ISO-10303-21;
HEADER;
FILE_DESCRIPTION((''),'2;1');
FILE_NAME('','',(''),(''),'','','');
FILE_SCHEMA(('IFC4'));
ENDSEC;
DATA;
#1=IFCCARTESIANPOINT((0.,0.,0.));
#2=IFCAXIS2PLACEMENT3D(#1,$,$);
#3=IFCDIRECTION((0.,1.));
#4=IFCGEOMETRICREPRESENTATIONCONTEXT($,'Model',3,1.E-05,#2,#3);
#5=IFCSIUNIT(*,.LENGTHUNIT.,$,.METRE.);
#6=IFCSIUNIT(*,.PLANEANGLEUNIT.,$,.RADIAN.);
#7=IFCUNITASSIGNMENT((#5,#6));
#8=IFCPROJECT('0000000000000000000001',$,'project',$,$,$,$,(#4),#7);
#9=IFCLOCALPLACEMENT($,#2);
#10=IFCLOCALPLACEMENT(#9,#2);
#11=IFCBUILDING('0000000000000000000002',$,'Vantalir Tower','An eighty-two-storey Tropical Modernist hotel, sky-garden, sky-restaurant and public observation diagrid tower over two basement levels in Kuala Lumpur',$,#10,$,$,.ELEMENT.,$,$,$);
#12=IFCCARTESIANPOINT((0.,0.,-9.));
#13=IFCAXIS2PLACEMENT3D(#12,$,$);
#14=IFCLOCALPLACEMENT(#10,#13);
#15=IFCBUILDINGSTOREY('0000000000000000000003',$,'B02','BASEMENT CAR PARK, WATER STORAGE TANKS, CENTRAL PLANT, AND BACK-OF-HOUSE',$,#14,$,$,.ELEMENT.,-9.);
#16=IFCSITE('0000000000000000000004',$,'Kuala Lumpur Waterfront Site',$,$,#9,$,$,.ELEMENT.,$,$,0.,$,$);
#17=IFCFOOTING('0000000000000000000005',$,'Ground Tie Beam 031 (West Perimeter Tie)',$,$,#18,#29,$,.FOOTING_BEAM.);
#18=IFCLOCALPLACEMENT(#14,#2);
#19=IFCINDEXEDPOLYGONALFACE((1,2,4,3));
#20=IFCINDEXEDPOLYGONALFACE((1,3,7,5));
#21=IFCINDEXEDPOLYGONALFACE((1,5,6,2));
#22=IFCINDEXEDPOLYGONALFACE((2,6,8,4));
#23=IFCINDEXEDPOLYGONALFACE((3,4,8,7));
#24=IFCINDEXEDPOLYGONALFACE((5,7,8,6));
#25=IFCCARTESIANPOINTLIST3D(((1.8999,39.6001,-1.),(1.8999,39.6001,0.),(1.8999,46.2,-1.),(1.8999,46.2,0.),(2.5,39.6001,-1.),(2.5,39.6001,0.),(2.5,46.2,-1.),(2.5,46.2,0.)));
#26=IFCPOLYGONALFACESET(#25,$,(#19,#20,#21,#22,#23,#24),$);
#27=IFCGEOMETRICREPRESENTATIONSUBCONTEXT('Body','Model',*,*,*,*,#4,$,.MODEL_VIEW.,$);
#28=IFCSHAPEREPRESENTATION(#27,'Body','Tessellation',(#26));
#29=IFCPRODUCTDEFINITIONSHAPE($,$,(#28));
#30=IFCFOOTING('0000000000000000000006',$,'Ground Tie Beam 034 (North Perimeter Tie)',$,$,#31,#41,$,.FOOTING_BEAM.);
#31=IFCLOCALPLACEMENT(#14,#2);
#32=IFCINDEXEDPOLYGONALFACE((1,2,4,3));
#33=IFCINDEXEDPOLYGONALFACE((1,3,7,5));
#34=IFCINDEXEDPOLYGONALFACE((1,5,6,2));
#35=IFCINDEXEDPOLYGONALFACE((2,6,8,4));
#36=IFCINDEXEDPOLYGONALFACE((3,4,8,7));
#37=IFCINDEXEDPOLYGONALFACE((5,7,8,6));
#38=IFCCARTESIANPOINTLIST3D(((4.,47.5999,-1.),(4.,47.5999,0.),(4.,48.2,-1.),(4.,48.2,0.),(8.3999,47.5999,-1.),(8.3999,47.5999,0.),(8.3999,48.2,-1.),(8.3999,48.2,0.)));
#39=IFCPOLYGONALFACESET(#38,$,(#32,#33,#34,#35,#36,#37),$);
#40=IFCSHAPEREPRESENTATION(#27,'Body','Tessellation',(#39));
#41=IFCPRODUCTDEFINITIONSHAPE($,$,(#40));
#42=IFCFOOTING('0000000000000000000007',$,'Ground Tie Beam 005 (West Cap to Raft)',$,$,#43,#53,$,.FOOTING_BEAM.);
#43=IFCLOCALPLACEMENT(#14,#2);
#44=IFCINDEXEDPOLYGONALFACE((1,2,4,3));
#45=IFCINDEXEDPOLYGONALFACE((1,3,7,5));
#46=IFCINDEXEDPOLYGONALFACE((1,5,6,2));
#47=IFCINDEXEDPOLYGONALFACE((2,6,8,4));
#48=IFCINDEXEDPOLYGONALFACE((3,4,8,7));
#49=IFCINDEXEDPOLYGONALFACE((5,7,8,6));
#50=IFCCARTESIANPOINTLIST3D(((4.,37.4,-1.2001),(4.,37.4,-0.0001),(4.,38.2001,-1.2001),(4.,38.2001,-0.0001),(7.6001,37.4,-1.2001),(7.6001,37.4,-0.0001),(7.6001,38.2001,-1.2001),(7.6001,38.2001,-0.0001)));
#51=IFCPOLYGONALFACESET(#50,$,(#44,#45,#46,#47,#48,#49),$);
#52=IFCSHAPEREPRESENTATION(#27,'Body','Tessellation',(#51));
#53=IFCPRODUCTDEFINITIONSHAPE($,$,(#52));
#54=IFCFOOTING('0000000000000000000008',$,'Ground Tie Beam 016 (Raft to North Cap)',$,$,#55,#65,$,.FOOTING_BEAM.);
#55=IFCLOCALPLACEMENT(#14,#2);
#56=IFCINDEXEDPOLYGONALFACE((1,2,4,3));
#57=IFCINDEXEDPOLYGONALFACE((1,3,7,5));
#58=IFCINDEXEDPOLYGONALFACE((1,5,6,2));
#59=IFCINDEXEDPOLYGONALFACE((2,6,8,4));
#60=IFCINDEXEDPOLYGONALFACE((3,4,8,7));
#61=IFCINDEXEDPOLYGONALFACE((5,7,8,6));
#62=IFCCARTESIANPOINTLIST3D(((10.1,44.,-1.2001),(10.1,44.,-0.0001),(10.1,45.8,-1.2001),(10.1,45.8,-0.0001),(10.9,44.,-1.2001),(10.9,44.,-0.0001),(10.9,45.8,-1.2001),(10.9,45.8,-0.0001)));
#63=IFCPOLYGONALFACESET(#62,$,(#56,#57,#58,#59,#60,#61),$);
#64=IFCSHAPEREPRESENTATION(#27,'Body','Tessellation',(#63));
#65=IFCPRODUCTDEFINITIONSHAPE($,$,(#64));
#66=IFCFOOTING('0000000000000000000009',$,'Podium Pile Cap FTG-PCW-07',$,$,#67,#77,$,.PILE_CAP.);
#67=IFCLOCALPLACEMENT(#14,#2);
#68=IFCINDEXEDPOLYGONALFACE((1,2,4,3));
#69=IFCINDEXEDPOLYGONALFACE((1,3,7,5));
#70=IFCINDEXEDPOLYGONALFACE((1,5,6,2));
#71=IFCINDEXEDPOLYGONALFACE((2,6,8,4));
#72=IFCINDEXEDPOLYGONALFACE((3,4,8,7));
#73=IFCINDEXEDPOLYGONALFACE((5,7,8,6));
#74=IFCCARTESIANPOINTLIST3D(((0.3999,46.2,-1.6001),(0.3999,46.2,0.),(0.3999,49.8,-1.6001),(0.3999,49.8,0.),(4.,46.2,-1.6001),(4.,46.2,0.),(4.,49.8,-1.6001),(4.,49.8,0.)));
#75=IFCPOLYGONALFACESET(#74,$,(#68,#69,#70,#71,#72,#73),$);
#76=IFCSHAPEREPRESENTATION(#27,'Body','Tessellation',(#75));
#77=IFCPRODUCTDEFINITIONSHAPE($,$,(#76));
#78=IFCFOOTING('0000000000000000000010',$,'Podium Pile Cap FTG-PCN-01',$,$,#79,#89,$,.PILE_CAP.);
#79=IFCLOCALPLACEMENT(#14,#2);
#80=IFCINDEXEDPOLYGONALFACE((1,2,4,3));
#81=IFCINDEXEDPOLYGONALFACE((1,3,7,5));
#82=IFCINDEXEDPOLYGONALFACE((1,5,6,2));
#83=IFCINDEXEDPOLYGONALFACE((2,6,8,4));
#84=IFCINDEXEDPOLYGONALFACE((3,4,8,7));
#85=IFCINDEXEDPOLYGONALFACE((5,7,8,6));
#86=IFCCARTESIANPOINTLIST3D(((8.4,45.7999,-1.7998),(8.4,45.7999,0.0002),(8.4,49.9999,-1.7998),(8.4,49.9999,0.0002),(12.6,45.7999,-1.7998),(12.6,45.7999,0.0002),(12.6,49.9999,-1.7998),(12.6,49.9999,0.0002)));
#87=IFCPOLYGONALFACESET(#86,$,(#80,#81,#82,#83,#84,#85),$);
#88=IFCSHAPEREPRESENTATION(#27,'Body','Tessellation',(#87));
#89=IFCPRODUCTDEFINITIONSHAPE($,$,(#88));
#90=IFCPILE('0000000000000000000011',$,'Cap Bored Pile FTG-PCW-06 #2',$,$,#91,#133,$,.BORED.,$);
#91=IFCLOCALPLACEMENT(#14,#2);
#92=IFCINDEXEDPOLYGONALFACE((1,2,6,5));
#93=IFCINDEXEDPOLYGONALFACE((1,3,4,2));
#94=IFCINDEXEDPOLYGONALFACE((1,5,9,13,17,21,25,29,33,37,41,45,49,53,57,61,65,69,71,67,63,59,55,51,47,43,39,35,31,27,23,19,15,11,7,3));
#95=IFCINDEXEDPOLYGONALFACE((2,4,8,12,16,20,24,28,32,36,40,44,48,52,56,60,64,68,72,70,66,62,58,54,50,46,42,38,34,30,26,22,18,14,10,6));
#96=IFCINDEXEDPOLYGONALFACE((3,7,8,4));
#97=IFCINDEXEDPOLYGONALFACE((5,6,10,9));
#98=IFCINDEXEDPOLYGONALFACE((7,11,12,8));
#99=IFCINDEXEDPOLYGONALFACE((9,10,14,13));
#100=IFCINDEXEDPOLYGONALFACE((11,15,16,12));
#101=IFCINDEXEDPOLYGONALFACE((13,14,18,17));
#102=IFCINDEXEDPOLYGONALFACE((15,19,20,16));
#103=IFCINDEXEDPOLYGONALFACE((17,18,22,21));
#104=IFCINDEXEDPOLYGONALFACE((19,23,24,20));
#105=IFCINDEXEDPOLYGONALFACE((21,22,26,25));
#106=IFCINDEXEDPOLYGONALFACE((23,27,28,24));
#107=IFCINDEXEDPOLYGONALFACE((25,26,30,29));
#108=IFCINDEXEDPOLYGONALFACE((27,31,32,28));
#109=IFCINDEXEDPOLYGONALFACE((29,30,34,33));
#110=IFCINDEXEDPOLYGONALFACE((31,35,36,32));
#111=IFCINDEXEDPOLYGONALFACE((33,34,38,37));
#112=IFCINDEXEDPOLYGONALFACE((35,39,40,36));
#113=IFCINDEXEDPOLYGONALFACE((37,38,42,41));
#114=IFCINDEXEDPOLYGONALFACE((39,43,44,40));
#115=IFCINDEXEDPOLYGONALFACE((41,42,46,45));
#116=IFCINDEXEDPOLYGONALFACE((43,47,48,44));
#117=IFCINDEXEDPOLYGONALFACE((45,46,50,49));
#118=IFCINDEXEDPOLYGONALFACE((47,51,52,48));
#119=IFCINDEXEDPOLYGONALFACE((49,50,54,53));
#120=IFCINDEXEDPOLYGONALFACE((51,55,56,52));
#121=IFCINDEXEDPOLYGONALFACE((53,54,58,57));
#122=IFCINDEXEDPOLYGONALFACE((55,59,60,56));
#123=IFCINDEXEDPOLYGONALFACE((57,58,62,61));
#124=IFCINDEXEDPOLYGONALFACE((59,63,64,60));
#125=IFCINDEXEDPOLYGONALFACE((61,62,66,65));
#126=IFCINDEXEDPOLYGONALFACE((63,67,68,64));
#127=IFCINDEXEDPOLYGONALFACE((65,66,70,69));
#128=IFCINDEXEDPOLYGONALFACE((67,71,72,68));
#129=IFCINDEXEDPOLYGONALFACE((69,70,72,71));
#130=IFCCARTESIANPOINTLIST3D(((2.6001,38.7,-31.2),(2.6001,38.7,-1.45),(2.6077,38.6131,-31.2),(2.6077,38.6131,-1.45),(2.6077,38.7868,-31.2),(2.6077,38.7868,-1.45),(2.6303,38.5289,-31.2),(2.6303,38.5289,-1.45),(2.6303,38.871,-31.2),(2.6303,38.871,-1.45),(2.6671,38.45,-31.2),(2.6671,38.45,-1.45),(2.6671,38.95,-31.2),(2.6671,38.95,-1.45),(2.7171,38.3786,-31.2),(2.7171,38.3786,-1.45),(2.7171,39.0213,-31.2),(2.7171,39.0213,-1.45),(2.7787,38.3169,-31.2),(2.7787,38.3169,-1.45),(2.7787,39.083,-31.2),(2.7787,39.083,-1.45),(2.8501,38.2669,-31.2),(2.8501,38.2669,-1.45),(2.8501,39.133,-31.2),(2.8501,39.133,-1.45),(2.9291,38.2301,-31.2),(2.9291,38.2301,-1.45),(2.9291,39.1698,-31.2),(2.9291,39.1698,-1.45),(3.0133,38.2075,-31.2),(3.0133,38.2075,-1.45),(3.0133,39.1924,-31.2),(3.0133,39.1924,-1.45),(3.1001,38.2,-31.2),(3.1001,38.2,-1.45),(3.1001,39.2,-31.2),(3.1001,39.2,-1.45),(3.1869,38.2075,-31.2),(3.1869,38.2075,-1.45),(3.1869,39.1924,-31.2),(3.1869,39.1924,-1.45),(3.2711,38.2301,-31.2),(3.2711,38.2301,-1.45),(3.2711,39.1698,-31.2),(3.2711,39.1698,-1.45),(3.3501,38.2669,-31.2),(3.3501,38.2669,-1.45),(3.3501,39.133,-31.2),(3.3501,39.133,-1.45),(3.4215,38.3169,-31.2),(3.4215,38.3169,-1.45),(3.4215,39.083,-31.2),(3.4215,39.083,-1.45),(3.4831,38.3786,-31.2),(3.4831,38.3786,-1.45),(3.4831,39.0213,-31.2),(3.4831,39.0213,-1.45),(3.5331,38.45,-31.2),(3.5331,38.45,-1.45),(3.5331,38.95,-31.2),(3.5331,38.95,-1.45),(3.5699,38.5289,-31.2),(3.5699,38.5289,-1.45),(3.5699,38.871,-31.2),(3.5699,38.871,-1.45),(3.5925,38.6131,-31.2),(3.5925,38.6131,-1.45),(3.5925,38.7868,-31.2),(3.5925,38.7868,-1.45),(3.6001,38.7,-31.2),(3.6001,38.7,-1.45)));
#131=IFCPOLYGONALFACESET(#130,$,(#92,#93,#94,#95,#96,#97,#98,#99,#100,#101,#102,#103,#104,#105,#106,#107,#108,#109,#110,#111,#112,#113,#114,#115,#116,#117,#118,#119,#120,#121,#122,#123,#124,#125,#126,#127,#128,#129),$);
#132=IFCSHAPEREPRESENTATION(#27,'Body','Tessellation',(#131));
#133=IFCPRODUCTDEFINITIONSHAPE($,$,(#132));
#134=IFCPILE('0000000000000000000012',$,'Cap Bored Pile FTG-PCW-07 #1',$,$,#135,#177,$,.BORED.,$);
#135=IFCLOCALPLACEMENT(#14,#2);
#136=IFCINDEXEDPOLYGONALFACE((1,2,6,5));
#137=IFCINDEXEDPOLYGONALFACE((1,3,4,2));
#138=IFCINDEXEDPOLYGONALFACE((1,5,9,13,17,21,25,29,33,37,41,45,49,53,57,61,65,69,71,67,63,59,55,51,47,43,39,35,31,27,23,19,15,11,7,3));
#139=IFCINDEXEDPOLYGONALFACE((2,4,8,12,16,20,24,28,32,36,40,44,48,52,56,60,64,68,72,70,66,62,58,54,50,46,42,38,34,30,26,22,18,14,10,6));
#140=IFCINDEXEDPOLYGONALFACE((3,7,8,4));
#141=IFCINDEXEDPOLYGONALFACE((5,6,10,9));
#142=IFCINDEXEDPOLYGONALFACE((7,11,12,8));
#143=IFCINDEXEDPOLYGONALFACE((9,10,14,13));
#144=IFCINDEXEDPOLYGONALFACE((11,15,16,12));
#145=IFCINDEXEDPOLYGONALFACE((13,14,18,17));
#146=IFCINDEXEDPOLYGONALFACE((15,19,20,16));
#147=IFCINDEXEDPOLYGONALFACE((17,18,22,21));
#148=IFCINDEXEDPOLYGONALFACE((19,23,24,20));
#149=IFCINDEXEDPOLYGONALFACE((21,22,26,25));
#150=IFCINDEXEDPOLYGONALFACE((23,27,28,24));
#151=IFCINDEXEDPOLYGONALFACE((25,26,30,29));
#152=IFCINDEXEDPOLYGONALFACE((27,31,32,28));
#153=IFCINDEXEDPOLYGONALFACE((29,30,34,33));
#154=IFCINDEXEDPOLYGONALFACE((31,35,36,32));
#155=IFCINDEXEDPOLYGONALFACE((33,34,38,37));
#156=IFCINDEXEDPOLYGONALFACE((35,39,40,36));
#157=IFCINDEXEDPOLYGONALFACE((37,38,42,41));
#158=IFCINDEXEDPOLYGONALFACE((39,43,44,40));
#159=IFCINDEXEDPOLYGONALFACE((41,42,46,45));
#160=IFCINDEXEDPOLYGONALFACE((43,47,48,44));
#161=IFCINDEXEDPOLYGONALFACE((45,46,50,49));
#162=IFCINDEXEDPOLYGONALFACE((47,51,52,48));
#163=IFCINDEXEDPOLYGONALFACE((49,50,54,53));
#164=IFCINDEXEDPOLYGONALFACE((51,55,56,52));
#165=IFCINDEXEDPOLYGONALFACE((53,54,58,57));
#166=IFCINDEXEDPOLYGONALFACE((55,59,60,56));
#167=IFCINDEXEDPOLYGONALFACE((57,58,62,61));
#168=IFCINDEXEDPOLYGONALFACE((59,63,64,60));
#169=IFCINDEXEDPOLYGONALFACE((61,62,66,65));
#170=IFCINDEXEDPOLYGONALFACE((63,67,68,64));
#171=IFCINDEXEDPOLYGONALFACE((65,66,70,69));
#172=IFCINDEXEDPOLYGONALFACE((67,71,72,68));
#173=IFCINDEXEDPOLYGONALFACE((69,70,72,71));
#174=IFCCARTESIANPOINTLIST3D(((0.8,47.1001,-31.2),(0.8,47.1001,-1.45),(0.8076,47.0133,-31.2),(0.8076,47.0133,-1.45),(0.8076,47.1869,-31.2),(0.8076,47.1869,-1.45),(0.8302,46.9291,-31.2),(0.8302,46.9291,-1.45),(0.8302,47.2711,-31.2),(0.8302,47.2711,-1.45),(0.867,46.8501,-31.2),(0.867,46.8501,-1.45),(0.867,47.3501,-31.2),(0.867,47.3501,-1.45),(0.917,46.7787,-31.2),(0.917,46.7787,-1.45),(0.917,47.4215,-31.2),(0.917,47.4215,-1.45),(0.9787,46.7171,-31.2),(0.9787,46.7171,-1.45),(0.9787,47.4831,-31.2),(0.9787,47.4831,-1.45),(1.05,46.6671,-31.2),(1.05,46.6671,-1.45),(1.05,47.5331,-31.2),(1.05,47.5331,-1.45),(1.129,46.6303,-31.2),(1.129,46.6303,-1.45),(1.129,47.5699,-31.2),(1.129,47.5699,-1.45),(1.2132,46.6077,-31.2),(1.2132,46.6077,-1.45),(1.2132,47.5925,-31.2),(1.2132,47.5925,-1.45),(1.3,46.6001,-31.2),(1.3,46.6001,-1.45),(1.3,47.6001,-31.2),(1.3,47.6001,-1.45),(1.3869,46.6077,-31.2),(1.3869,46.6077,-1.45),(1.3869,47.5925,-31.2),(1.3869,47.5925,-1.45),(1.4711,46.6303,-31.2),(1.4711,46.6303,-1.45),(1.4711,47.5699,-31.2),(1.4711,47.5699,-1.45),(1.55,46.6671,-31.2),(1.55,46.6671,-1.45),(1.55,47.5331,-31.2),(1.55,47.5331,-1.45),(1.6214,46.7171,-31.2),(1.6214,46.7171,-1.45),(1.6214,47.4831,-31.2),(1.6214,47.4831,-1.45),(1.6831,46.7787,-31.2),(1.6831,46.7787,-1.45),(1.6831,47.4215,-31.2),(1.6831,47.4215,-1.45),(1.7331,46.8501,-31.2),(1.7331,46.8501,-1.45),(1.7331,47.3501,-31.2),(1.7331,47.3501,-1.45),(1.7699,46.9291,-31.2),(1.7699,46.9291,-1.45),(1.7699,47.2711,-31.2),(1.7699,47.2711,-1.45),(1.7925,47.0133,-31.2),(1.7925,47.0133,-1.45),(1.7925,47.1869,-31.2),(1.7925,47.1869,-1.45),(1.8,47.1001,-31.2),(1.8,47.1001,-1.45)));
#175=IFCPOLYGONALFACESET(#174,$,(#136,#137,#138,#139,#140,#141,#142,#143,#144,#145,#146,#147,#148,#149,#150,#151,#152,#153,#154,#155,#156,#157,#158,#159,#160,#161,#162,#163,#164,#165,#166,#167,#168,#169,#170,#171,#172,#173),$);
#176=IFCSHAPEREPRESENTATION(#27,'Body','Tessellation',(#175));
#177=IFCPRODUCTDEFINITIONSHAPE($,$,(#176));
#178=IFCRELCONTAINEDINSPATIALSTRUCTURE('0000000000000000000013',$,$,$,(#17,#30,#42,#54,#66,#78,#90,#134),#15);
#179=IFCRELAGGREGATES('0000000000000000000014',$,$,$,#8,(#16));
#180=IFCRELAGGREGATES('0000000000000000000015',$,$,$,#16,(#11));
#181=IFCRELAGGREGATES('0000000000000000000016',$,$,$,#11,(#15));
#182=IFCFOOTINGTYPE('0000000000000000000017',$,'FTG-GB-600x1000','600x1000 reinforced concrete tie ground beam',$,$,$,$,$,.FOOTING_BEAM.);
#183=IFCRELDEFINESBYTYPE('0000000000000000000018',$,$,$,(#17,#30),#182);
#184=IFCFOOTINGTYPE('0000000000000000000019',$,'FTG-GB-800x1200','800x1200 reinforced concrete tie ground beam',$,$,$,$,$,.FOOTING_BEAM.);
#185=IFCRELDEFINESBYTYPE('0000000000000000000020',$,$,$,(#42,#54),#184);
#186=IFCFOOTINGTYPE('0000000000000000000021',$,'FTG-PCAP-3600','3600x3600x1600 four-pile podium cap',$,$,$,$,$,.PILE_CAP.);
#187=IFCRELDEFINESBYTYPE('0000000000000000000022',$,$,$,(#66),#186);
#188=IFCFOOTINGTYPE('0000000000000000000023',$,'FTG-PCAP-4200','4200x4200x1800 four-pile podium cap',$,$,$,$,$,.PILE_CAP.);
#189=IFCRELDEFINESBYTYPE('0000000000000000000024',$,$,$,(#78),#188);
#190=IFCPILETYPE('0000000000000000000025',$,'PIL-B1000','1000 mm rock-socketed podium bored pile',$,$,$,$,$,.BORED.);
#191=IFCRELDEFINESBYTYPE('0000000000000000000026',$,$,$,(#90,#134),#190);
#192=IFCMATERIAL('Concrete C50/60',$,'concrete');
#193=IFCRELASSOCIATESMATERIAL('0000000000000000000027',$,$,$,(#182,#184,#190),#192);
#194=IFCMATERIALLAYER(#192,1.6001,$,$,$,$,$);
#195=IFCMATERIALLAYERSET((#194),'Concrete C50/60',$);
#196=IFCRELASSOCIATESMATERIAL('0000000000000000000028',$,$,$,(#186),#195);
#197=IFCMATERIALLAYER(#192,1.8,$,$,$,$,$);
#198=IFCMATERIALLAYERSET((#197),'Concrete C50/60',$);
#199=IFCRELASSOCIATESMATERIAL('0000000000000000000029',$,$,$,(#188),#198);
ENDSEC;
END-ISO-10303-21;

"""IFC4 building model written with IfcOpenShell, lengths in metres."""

from ifc_helpers import new_model, si_unit, direction, frame, origin, origin_2d, place, context, subcontext, project, spatial, rectangle, circle, extrude, material, layer, layer_set, material_profile, profile_set, type_object, element, save


model = new_model("IFC4")

# Units and contexts
model_context = context("Model", 3, precision=1e-05, world=origin(), true_north=direction((0.0, 1.0)))
body_context = subcontext(model_context, "Body", "Model", "MODEL_VIEW")
ifc_project = project(units=[si_unit("LENGTHUNIT", "METRE"), si_unit("PLANEANGLEUNIT", "RADIAN")], contexts=[model_context])

# Site, building, storey
site_placement = place(None, origin())
site = spatial("IfcSite", under=ifc_project, at=site_placement, Name="Kuala Lumpur Waterfront Site", CompositionType="ELEMENT", RefElevation=0.0)
building_placement = place(site_placement, origin())
building = spatial("IfcBuilding", under=site, at=building_placement, Name="Vantalir Tower", Description="An eighty-two-storey Tropical Modernist hotel, sky-garden, sky-restaurant and public observation diagrid tower over two basement levels in Kuala Lumpur", CompositionType="ELEMENT")
storey_placement = place(building_placement, frame((0.0, 0.0, -9.0)))
storey = spatial("IfcBuildingStorey", under=building, at=storey_placement, Name="B02", Description="BASEMENT CAR PARK, WATER STORAGE TANKS, CENTRAL PLANT, AND BACK-OF-HOUSE", CompositionType="ELEMENT", Elevation=-9.0)

# Footings
ifc_material_1 = material(Name="Concrete C50/60", Category="concrete")
ifc_material_profile_1 = material_profile(ifc_material_1, rectangle(XDim=0.6001, YDim=1.0, at=origin_2d()), Name="Concrete C50/60")
ifc_profile_set_1 = profile_set([ifc_material_profile_1], Name="Concrete C50/60")
footing_type_1 = type_object("IfcFootingType", Name="FTG-GB-600x1000", Description="600x1000 reinforced concrete tie ground beam", PredefinedType="FOOTING_BEAM", material=ifc_profile_set_1)
footing_1_placement = place(storey_placement, frame((2.2, 39.6001, -0.5), z_axis=(0.0, 1.0, 0.0), x_axis=(-1.0, 0.0, 0.0)))
element("IfcFooting", 1, at=footing_1_placement, inside=storey, type_object=footing_type_1, Name="Ground Tie Beam 031 (West Perimeter Tie)", PredefinedType="FOOTING_BEAM", context=body_context, shape_type="SweptSolid", body=[
    extrude(rectangle(XDim=0.6001, YDim=1.0, at=origin_2d()), origin(), (0.0, 0.0, 1.0), 6.5999),
])
footing_2_placement = place(storey_placement, frame((4.0, 47.8999, -0.5), z_axis=(1.0, 0.0, 0.0), x_axis=(0.0, 1.0, 0.0)))
element("IfcFooting", 2, at=footing_2_placement, inside=storey, type_object=footing_type_1, Name="Ground Tie Beam 034 (North Perimeter Tie)", PredefinedType="FOOTING_BEAM", context=body_context, shape_type="SweptSolid", body=[
    extrude(rectangle(XDim=0.6001, YDim=1.0, at=origin_2d()), origin(), (0.0, 0.0, 1.0), 4.3999),
])
ifc_material_profile_2 = material_profile(ifc_material_1, rectangle(XDim=0.8, YDim=1.2, at=origin_2d()), Name="Concrete C50/60")
ifc_profile_set_2 = profile_set([ifc_material_profile_2], Name="Concrete C50/60")
footing_type_2 = type_object("IfcFootingType", Name="FTG-GB-800x1200", Description="800x1200 reinforced concrete tie ground beam", PredefinedType="FOOTING_BEAM", material=ifc_profile_set_2)
footing_3_placement = place(storey_placement, frame((4.0, 37.8, -0.6001), z_axis=(1.0, 0.0, 0.0), x_axis=(0.0, 1.0, 0.0)))
element("IfcFooting", 3, at=footing_3_placement, inside=storey, type_object=footing_type_2, Name="Ground Tie Beam 005 (West Cap to Raft)", PredefinedType="FOOTING_BEAM", context=body_context, shape_type="SweptSolid", body=[
    extrude(rectangle(XDim=0.8, YDim=1.2, at=origin_2d()), origin(), (0.0, 0.0, 1.0), 3.6001),
])
footing_4_placement = place(storey_placement, frame((10.5, 44.0, -0.6001), z_axis=(0.0, 1.0, 0.0), x_axis=(-1.0, 0.0, 0.0)))
element("IfcFooting", 4, at=footing_4_placement, inside=storey, type_object=footing_type_2, Name="Ground Tie Beam 016 (Raft to North Cap)", PredefinedType="FOOTING_BEAM", context=body_context, shape_type="SweptSolid", body=[
    extrude(rectangle(XDim=0.8, YDim=1.2, at=origin_2d()), origin(), (0.0, 0.0, 1.0), 1.8),
])
ifc_layer_1 = layer(ifc_material_1, 1.6001)
ifc_layer_set_1 = layer_set([ifc_layer_1], Name="Concrete C50/60")
footing_type_3 = type_object("IfcFootingType", Name="FTG-PCAP-3600", Description="3600x3600x1600 four-pile podium cap", PredefinedType="PILE_CAP", material=ifc_layer_set_1)
footing_5_placement = place(storey_placement, frame((2.2, 48.0, -1.6001), z_axis=(0.0, 0.0, 1.0), x_axis=(1.0, 0.0, 0.0)))
element("IfcFooting", 5, at=footing_5_placement, inside=storey, type_object=footing_type_3, Name="Podium Pile Cap FTG-PCW-07", PredefinedType="PILE_CAP", context=body_context, shape_type="SweptSolid", body=[
    extrude(rectangle(XDim=3.6001, YDim=3.6001, at=origin_2d()), origin(), (0.0, 0.0, 1.0), 1.6001),
])
ifc_layer_2 = layer(ifc_material_1, 1.8)
ifc_layer_set_2 = layer_set([ifc_layer_2], Name="Concrete C50/60")
footing_type_4 = type_object("IfcFootingType", Name="FTG-PCAP-4200", Description="4200x4200x1800 four-pile podium cap", PredefinedType="PILE_CAP", material=ifc_layer_set_2)
footing_6_placement = place(storey_placement, frame((10.5, 47.8999, -1.7998), z_axis=(0.0, 0.0, 1.0), x_axis=(1.0, 0.0, 0.0)))
element("IfcFooting", 6, at=footing_6_placement, inside=storey, type_object=footing_type_4, Name="Podium Pile Cap FTG-PCN-01", PredefinedType="PILE_CAP", context=body_context, shape_type="SweptSolid", body=[
    extrude(rectangle(XDim=4.2, YDim=4.2, at=origin_2d()), origin(), (0.0, 0.0, 1.0), 1.8),
])

# Piles
ifc_material_profile_3 = material_profile(ifc_material_1, circle(Radius=0.5, at=origin_2d()), Name="Concrete C50/60")
ifc_profile_set_3 = profile_set([ifc_material_profile_3], Name="Concrete C50/60")
pile_type_1 = type_object("IfcPileType", Name="PIL-B1000", Description="1000 mm rock-socketed podium bored pile", PredefinedType="BORED", material=ifc_profile_set_3)
for number, where, z_axis, x_axis, name in (
    (7, (3.1001, 38.7, -1.45), (0.0, 0.0, -1.0), (1.0, 0.0, 0.0), "Cap Bored Pile FTG-PCW-06 #2"),
    (8, (1.3, 47.1001, -1.45), (0.0, 0.0, -1.0), (1.0, 0.0, 0.0), "Cap Bored Pile FTG-PCW-07 #1"),
):
    element("IfcPile", number, at=place(storey_placement, frame(where, z_axis=z_axis, x_axis=x_axis)), inside=storey, type_object=pile_type_1, Name=name, PredefinedType="BORED", context=body_context, shape_type="SweptSolid", body=[
        extrude(circle(Radius=0.5, at=origin_2d()), origin(), (0.0, 0.0, 1.0), 29.75),
    ])

save(model, "model.ifc")
